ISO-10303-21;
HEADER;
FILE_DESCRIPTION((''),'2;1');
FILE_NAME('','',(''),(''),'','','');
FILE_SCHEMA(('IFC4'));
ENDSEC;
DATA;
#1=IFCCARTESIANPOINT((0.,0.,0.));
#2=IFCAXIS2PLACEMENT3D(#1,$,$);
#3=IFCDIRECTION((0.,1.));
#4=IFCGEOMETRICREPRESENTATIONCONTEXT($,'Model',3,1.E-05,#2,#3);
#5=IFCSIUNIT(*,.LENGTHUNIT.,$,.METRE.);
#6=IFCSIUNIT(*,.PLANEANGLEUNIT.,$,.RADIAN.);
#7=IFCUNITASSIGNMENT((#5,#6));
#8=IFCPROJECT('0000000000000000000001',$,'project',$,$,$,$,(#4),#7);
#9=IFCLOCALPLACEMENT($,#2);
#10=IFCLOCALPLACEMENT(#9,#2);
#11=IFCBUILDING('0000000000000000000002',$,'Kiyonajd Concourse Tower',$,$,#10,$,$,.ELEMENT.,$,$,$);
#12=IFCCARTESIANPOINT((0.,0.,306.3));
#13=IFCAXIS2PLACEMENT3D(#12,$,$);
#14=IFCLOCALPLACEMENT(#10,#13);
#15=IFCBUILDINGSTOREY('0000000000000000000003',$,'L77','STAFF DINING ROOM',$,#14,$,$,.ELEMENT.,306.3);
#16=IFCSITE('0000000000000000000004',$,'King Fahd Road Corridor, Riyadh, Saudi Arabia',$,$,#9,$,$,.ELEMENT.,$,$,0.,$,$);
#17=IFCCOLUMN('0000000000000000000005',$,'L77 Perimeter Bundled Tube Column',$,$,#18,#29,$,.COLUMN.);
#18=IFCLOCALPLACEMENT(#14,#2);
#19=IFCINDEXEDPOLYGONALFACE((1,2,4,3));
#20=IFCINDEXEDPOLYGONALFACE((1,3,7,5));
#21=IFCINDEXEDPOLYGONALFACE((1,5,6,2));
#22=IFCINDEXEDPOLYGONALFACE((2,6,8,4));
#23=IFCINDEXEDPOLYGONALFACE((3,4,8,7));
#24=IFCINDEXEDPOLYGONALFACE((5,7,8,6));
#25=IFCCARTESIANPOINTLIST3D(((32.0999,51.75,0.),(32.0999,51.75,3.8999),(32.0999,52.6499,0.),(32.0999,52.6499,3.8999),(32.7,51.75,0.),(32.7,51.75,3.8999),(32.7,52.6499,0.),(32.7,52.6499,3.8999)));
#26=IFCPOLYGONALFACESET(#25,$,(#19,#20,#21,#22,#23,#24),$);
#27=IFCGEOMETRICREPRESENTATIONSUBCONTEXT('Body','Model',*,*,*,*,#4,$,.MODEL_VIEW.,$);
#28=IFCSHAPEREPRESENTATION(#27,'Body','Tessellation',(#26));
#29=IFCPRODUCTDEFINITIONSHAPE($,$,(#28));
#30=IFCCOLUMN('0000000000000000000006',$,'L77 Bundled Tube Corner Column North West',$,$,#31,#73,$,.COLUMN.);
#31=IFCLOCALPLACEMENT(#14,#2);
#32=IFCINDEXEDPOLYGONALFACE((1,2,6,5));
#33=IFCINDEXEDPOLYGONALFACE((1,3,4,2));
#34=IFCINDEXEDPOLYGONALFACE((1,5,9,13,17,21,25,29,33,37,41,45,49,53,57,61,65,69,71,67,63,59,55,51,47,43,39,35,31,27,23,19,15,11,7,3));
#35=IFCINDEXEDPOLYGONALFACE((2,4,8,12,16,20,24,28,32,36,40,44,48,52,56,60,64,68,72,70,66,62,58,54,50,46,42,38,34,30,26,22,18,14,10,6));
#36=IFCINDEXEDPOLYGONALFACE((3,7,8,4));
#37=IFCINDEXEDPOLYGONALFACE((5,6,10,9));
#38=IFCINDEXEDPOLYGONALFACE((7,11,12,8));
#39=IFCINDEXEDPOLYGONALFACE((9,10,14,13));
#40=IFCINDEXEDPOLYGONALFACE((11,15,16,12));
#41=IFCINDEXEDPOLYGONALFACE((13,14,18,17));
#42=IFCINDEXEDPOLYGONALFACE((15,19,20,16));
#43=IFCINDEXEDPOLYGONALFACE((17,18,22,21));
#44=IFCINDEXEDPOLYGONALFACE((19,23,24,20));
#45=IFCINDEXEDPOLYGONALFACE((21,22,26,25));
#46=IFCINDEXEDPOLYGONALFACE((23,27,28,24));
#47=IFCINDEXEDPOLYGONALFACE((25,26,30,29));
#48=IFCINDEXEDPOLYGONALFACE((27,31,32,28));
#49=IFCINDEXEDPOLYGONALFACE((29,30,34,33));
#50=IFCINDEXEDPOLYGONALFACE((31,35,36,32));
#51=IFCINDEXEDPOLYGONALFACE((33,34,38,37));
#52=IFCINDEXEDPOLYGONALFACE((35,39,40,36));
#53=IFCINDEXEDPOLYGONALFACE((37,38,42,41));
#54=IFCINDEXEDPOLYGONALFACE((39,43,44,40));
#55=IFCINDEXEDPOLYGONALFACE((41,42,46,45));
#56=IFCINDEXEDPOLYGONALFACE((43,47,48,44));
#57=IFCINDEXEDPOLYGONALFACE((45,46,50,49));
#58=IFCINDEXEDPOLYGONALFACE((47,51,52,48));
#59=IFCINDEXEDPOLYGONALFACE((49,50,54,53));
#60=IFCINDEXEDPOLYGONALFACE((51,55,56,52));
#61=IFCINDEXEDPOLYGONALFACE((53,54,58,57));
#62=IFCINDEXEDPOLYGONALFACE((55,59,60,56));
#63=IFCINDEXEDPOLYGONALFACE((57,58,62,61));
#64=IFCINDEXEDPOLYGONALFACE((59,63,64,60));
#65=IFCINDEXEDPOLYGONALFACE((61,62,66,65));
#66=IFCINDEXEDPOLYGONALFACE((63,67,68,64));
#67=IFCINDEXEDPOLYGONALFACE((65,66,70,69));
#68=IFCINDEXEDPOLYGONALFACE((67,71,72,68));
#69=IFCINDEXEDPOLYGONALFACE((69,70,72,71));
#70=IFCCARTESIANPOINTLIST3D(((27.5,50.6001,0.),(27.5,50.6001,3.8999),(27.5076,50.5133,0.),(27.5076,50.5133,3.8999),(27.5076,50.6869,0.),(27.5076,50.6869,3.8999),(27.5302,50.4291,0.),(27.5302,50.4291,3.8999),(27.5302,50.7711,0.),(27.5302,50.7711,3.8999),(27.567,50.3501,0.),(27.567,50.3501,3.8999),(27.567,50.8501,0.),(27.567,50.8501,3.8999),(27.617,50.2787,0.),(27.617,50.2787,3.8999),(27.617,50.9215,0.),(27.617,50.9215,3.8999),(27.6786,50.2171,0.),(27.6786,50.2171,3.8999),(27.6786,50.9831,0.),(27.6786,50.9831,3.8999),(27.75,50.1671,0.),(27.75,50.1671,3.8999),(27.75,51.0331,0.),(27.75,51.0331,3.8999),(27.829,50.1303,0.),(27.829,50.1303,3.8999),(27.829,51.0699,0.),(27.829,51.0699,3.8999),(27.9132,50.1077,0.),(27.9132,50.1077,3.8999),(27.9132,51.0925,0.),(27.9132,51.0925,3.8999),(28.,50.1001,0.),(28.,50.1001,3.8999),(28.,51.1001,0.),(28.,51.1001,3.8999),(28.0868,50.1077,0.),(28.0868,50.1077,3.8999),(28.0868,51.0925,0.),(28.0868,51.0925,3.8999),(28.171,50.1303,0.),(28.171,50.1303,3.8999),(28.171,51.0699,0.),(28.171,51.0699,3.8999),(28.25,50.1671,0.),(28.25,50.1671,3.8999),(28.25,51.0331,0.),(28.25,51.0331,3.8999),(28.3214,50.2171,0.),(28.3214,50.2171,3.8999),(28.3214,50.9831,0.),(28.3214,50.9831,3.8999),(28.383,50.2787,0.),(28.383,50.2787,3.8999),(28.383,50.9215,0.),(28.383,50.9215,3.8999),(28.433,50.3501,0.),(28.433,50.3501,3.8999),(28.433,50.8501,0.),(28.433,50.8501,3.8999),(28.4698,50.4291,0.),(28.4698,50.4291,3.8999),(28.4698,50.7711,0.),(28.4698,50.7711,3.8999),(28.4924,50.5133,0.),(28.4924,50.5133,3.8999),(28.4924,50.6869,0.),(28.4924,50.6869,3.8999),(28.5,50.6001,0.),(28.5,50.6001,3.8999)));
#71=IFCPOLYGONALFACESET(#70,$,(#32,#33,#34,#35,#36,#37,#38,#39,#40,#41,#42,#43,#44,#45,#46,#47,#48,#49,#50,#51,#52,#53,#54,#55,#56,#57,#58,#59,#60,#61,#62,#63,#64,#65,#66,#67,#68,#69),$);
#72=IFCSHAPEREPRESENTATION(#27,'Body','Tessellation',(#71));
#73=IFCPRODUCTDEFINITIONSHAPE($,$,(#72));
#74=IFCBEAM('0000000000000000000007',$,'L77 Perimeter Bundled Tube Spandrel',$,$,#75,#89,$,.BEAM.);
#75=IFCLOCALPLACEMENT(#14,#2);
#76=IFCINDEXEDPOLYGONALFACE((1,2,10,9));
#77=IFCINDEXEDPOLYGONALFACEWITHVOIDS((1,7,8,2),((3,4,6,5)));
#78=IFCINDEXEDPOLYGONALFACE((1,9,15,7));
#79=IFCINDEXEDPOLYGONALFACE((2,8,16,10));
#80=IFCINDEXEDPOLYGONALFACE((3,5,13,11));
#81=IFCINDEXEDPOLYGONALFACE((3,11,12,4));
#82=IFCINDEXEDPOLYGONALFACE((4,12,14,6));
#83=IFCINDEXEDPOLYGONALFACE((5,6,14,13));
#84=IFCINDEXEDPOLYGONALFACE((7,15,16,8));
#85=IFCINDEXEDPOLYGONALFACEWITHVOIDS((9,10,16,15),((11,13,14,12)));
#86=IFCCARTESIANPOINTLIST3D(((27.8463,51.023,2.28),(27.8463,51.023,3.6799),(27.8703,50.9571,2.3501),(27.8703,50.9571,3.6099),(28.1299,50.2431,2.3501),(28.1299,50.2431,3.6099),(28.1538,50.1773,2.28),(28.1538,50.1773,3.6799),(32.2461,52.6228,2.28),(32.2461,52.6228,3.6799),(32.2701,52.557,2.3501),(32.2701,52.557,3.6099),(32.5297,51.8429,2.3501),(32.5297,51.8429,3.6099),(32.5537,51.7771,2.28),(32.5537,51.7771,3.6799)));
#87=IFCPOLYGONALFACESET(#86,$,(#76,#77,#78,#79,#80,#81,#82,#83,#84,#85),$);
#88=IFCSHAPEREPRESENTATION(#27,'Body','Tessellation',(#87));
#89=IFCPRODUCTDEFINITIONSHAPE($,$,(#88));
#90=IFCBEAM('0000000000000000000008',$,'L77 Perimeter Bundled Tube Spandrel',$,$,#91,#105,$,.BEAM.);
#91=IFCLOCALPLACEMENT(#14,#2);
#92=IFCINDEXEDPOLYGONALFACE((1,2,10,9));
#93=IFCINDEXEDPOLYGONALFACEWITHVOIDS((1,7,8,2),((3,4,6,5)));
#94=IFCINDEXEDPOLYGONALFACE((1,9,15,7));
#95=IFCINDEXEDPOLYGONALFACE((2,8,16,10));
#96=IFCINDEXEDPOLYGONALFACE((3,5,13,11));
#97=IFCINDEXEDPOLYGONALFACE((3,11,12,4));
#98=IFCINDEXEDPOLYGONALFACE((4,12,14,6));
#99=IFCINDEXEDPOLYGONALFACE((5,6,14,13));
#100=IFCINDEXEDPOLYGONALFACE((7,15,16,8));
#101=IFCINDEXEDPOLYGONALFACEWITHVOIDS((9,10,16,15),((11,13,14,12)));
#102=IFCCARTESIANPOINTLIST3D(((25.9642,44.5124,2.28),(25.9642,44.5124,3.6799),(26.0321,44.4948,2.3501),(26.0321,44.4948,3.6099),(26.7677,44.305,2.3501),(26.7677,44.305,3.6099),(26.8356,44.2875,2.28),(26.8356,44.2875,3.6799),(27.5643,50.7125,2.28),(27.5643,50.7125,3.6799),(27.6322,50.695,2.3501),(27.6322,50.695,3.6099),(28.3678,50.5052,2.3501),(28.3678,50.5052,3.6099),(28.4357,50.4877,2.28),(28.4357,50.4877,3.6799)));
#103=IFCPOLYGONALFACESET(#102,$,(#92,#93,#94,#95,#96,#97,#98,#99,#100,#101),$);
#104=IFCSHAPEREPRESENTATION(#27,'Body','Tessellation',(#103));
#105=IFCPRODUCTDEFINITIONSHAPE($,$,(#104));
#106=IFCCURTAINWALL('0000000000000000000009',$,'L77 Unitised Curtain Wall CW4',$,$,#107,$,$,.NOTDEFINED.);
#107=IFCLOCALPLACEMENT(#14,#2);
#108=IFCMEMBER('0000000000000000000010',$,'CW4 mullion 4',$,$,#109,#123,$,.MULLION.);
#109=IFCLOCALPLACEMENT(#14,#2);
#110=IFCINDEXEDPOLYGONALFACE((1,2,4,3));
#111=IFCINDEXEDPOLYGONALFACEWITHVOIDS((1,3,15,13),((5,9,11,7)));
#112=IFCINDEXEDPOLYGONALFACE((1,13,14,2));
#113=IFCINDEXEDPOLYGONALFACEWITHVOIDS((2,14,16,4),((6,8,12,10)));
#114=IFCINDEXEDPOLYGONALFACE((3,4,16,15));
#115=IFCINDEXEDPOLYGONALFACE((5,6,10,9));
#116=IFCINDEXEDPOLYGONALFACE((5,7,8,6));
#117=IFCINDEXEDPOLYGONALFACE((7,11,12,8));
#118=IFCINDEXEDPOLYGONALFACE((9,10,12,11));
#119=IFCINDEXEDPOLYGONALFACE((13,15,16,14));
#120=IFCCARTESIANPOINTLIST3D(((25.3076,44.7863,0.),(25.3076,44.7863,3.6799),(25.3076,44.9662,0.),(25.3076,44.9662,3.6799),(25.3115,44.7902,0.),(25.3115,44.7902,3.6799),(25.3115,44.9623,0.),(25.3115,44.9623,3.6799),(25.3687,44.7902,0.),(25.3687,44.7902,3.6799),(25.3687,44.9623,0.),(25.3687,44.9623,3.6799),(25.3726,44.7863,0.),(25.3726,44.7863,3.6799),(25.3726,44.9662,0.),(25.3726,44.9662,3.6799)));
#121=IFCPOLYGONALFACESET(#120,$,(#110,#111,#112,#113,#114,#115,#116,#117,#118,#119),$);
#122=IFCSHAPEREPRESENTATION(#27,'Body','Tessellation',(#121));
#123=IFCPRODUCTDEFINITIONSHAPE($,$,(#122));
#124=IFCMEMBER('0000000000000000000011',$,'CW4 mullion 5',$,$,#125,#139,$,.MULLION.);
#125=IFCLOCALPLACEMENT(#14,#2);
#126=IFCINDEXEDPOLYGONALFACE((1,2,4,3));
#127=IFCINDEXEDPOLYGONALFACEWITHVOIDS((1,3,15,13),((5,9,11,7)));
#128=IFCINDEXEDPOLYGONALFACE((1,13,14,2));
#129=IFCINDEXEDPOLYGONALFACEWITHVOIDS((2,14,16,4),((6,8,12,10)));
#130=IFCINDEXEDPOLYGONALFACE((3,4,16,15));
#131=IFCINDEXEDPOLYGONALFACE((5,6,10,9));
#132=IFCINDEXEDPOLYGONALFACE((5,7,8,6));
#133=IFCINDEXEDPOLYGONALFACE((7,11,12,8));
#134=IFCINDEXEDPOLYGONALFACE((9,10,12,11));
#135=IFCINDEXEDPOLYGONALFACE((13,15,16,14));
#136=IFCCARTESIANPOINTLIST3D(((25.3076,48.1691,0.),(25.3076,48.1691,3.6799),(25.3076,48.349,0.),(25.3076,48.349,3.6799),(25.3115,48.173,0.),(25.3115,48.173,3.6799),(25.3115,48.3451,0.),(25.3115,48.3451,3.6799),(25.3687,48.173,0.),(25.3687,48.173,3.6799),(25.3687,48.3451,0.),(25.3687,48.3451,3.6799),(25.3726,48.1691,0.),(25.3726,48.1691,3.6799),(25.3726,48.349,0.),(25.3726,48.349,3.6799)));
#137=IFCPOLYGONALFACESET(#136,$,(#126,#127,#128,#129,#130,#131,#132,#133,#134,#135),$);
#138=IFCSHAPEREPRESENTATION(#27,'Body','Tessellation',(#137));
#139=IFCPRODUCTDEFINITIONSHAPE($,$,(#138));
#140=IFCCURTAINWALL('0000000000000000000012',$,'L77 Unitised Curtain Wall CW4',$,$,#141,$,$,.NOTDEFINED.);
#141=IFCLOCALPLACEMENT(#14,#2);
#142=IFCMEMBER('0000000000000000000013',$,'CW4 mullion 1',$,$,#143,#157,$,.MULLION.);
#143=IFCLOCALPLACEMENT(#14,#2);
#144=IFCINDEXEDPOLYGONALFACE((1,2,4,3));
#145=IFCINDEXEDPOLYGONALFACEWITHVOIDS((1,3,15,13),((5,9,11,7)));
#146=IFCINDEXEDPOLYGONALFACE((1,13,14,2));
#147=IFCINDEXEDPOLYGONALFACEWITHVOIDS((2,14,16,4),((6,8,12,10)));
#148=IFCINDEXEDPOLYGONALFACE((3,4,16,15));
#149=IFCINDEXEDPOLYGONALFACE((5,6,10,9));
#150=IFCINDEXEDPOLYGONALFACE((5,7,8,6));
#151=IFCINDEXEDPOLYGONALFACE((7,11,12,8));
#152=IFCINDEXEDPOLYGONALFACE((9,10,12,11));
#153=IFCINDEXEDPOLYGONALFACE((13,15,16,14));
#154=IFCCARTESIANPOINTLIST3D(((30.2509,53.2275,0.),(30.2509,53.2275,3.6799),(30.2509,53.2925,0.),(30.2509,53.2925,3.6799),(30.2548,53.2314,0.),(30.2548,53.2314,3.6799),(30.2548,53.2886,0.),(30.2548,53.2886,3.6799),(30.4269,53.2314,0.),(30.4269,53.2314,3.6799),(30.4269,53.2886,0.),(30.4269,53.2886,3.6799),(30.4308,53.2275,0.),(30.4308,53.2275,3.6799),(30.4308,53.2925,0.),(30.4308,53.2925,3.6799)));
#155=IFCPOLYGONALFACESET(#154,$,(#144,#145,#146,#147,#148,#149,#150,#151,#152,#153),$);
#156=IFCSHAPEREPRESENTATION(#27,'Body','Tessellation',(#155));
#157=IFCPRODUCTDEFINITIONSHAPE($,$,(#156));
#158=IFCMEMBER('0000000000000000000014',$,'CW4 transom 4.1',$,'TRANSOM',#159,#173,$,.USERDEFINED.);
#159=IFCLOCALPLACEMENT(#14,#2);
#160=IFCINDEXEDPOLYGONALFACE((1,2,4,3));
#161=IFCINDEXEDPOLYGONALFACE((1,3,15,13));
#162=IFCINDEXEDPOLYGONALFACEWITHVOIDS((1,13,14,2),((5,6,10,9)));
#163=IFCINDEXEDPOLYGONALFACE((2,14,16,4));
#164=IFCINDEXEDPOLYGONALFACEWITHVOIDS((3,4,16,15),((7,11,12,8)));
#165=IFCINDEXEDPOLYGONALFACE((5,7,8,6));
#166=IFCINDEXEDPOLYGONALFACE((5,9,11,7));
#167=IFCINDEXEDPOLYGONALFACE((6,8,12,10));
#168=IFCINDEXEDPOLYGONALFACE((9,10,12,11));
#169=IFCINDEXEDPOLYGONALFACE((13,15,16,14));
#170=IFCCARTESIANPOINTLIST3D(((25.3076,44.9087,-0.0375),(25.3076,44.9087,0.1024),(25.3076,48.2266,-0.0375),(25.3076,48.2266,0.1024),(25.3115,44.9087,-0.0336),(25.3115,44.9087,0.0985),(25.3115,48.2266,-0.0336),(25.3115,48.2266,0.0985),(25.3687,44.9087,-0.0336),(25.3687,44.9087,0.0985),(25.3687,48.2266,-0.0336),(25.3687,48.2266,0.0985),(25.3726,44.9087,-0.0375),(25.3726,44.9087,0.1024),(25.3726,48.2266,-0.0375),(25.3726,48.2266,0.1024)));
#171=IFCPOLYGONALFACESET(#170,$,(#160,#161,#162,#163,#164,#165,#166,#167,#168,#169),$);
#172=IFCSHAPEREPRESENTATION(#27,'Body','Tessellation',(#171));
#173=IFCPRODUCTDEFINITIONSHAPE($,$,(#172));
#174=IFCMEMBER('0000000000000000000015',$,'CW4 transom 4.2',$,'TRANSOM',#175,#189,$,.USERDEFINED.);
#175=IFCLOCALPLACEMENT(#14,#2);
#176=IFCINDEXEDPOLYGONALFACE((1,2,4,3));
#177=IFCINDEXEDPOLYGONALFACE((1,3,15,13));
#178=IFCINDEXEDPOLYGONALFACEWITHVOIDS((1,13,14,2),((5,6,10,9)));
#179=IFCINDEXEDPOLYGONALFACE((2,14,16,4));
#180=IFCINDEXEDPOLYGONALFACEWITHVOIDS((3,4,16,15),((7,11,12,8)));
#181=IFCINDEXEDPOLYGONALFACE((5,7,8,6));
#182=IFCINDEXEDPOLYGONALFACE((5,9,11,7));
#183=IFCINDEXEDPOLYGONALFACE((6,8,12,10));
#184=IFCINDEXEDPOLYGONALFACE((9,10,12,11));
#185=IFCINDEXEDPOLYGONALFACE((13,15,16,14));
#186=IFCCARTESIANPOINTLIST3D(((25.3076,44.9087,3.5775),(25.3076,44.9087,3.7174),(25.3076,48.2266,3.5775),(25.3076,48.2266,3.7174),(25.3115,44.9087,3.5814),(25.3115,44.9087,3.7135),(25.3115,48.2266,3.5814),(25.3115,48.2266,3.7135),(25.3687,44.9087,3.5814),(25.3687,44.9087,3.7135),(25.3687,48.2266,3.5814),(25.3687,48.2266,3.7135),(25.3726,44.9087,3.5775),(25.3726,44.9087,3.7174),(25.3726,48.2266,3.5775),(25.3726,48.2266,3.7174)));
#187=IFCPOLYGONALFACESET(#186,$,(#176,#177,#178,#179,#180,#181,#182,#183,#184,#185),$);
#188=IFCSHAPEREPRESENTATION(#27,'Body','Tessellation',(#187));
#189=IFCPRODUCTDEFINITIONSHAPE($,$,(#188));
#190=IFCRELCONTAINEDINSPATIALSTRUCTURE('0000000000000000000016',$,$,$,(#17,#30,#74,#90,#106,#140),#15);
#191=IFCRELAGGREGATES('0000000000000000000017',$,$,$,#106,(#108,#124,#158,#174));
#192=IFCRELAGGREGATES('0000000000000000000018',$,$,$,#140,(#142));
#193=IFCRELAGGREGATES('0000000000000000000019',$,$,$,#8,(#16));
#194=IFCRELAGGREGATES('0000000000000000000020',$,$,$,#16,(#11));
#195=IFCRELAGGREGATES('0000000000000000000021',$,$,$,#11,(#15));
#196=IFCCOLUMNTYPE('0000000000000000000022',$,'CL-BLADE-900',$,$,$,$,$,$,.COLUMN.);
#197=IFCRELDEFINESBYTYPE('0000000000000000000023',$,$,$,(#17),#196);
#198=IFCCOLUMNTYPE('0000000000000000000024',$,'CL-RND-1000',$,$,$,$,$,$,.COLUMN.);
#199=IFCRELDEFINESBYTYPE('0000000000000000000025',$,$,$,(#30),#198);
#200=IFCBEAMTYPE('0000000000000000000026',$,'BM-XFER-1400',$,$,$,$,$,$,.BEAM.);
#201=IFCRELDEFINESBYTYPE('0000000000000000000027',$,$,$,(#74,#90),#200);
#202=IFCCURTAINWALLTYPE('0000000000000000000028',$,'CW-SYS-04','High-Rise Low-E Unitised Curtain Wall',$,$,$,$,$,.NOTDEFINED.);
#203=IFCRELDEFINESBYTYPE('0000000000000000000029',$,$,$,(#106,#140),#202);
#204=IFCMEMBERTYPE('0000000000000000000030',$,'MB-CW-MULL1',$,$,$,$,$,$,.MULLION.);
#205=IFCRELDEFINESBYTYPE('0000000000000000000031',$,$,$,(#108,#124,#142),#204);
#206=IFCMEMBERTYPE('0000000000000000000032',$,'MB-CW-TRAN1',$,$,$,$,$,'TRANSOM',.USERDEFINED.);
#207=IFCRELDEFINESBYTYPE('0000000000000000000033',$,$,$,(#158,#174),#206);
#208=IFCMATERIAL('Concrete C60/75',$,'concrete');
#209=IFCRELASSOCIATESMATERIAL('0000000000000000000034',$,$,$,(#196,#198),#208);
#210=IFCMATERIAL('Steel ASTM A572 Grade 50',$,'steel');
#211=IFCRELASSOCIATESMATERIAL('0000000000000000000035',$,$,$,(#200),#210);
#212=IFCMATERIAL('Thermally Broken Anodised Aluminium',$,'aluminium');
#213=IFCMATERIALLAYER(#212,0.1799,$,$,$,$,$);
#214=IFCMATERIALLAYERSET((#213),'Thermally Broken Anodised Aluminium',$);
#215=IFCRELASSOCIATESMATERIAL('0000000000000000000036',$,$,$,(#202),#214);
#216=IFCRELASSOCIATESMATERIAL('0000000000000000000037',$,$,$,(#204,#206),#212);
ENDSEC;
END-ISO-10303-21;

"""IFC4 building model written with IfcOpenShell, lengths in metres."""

from ifc_helpers import new_model, si_unit, direction, frame, origin, origin_2d, place, context, subcontext, project, spatial, rectangle, hollow_rectangle, circle, extrude, material, layer, layer_set, material_profile, profile_set, type_object, element, aggregate, save


model = new_model("IFC4")

# Units and contexts
model_context = context("Model", 3, precision=1e-05, world=origin(), true_north=direction((0.0, 1.0)))
body_context = subcontext(model_context, "Body", "Model", "MODEL_VIEW")
ifc_project = project(units=[si_unit("LENGTHUNIT", "METRE"), si_unit("PLANEANGLEUNIT", "RADIAN")], contexts=[model_context])

# Site, building, storey
site_placement = place(None, origin())
site = spatial("IfcSite", under=ifc_project, at=site_placement, Name="King Fahd Road Corridor, Riyadh, Saudi Arabia", CompositionType="ELEMENT", RefElevation=0.0)
building_placement = place(site_placement, origin())
building = spatial("IfcBuilding", under=site, at=building_placement, Name="Kiyonajd Concourse Tower", CompositionType="ELEMENT")
storey_placement = place(building_placement, frame((0.0, 0.0, 306.3)))
storey = spatial("IfcBuildingStorey", under=building, at=storey_placement, Name="L77", Description="STAFF DINING ROOM", CompositionType="ELEMENT", Elevation=306.3)

# Columns
ifc_material_1 = material(Name="Concrete C60/75", Category="concrete")
ifc_material_profile_1 = material_profile(ifc_material_1, rectangle(XDim=0.6001, YDim=0.8999, at=origin_2d()), Name="RC-900x600")
ifc_profile_set_1 = profile_set([ifc_material_profile_1], Name="Concrete C60/75")
column_type_1 = type_object("IfcColumnType", Name="CL-BLADE-900", PredefinedType="COLUMN", material=ifc_profile_set_1)
column_1_placement = place(storey_placement, frame((32.3999, 52.2, 0.0), z_axis=(0.0, 0.0, 1.0), x_axis=(1.0, 0.0, 0.0)))
element("IfcColumn", 1, at=column_1_placement, inside=storey, type_object=column_type_1, Name="L77 Perimeter Bundled Tube Column", PredefinedType="COLUMN", context=body_context, shape_type="SweptSolid", body=[
    extrude(rectangle(XDim=0.6001, YDim=0.8999, at=origin_2d()), origin(), (0.0, 0.0, 1.0), 3.8999),
])
ifc_material_profile_2 = material_profile(ifc_material_1, circle(Radius=0.5, at=origin_2d()), Name="RCC-D1000")
ifc_profile_set_2 = profile_set([ifc_material_profile_2], Name="Concrete C60/75")
column_type_2 = type_object("IfcColumnType", Name="CL-RND-1000", PredefinedType="COLUMN", material=ifc_profile_set_2)
column_2_placement = place(storey_placement, frame((28.0, 50.6001, 0.0), z_axis=(0.0, 0.0, 1.0), x_axis=(1.0, 0.0, 0.0)))
element("IfcColumn", 2, at=column_2_placement, inside=storey, type_object=column_type_2, Name="L77 Bundled Tube Corner Column North West", PredefinedType="COLUMN", context=body_context, shape_type="SweptSolid", body=[
    extrude(circle(Radius=0.5, at=origin_2d()), origin(), (0.0, 0.0, 1.0), 3.8999),
])

# Beams
ifc_material_2 = material(Name="Steel ASTM A572 Grade 50", Category="steel")
ifc_material_profile_3 = material_profile(ifc_material_2, hollow_rectangle(XDim=0.8999, YDim=1.3999, WallThickness=0.0701, at=origin_2d()), Name="BOX-1400x900x70")
ifc_profile_set_3 = profile_set([ifc_material_profile_3], Name="Steel ASTM A572 Grade 50")
beam_type = type_object("IfcBeamType", Name="BM-XFER-1400", PredefinedType="BEAM", material=ifc_profile_set_3)
beam_1_placement = place(storey_placement, frame((32.3999, 52.2, 2.98), z_axis=(-0.939801, -0.341722, 0.0), x_axis=(0.341722, -0.939801, 0.0)))
element("IfcBeam", 3, at=beam_1_placement, inside=storey, type_object=beam_type, Name="L77 Perimeter Bundled Tube Spandrel", PredefinedType="BEAM", context=body_context, shape_type="SweptSolid", body=[
    extrude(hollow_rectangle(XDim=0.8999, YDim=1.3999, WallThickness=0.0701, at=origin_2d()), origin(), (0.0, 0.0, 1.0), 4.6816),
])
beam_2_placement = place(storey_placement, frame((28.0, 50.6001, 2.98), z_axis=(-0.249885, -0.968276, 0.0), x_axis=(0.968276, -0.249885, 0.0)))
element("IfcBeam", 4, at=beam_2_placement, inside=storey, type_object=beam_type, Name="L77 Perimeter Bundled Tube Spandrel", PredefinedType="BEAM", context=body_context, shape_type="SweptSolid", body=[
    extrude(hollow_rectangle(XDim=0.8999, YDim=1.3999, WallThickness=0.0701, at=origin_2d()), origin(), (0.0, 0.0, 1.0), 6.4033),
])

# Curtain wall, members
ifc_material_3 = material(Name="Thermally Broken Anodised Aluminium", Category="aluminium")
ifc_layer_1 = layer(ifc_material_3, 0.1799)
ifc_layer_set_1 = layer_set([ifc_layer_1], Name="Thermally Broken Anodised Aluminium")
curtain_wall_type = type_object("IfcCurtainWallType", Name="CW-SYS-04", Description="High-Rise Low-E Unitised Curtain Wall", PredefinedType="NOTDEFINED", material=ifc_layer_set_1)
curtain_wall_1_placement = place(storey_placement, origin())
curtain_wall_1 = element("IfcCurtainWall", 5, at=curtain_wall_1_placement, inside=storey, type_object=curtain_wall_type, Name="L77 Unitised Curtain Wall CW4", PredefinedType="NOTDEFINED")
ifc_material_profile_4 = material_profile(ifc_material_3, hollow_rectangle(XDim=0.0649, YDim=0.1799, WallThickness=0.0039, at=origin_2d()), Name="MULL-65x180")
ifc_profile_set_4 = profile_set([ifc_material_profile_4], Name="Thermally Broken Anodised Aluminium")
member_type_1 = type_object("IfcMemberType", Name="MB-CW-MULL1", PredefinedType="MULLION", material=ifc_profile_set_4)
member_1_placement = place(storey_placement, frame((25.3401, 44.8762, 0.0), z_axis=(0.0, 0.0, 1.0), x_axis=(-1.0, 0.0, 0.0)))
member_1 = element("IfcMember", 6, at=member_1_placement, type_object=member_type_1, Name="CW4 mullion 4", PredefinedType="MULLION", context=body_context, shape_type="SweptSolid", body=[
    extrude(hollow_rectangle(XDim=0.0649, YDim=0.1799, WallThickness=0.0039, at=origin_2d()), origin(), (0.0, 0.0, 1.0), 3.6799),
])
member_2_placement = place(storey_placement, frame((25.3401, 48.259, 0.0), z_axis=(0.0, 0.0, 1.0), x_axis=(-1.0, 0.0, 0.0)))
member_2 = element("IfcMember", 7, at=member_2_placement, type_object=member_type_1, Name="CW4 mullion 5", PredefinedType="MULLION", context=body_context, shape_type="SweptSolid", body=[
    extrude(hollow_rectangle(XDim=0.0649, YDim=0.1799, WallThickness=0.0039, at=origin_2d()), origin(), (0.0, 0.0, 1.0), 3.6799),
])

# Curtain wall, member
curtain_wall_2_placement = place(storey_placement, origin())
curtain_wall_2 = element("IfcCurtainWall", 8, at=curtain_wall_2_placement, inside=storey, type_object=curtain_wall_type, Name="L77 Unitised Curtain Wall CW4", PredefinedType="NOTDEFINED")
member_3_placement = place(storey_placement, frame((30.3408, 53.26, 0.0), z_axis=(0.0, 0.0, 1.0), x_axis=(0.0, 1.0, 0.0)))
member_3 = element("IfcMember", 9, at=member_3_placement, type_object=member_type_1, Name="CW4 mullion 1", PredefinedType="MULLION", context=body_context, shape_type="SweptSolid", body=[
    extrude(hollow_rectangle(XDim=0.0649, YDim=0.1799, WallThickness=0.0039, at=origin_2d()), origin(), (0.0, 0.0, 1.0), 3.6799),
])

# Members
ifc_material_profile_5 = material_profile(ifc_material_3, hollow_rectangle(XDim=0.0649, YDim=0.1399, WallThickness=0.0039, at=origin_2d()), Name="TRAN-65x140")
ifc_profile_set_5 = profile_set([ifc_material_profile_5], Name="Thermally Broken Anodised Aluminium")
member_type_2 = type_object("IfcMemberType", Name="MB-CW-TRAN1", ElementType="TRANSOM", PredefinedType="USERDEFINED", material=ifc_profile_set_5)
member_4_placement = place(storey_placement, frame((25.3401, 44.9087, 0.0325), z_axis=(0.0, 1.0, 0.0), x_axis=(-1.0, 0.0, 0.0)))
member_4 = element("IfcMember", 10, at=member_4_placement, type_object=member_type_2, Name="CW4 transom 4.1", ObjectType="TRANSOM", PredefinedType="USERDEFINED", context=body_context, shape_type="SweptSolid", body=[
    extrude(hollow_rectangle(XDim=0.0649, YDim=0.1399, WallThickness=0.0039, at=origin_2d()), origin(), (0.0, 0.0, 1.0), 3.3179),
])
member_5_placement = place(storey_placement, frame((25.3401, 44.9087, 3.6475), z_axis=(0.0, 1.0, 0.0), x_axis=(-1.0, 0.0, 0.0)))
member_5 = element("IfcMember", 11, at=member_5_placement, type_object=member_type_2, Name="CW4 transom 4.2", ObjectType="TRANSOM", PredefinedType="USERDEFINED", context=body_context, shape_type="SweptSolid", body=[
    extrude(hollow_rectangle(XDim=0.0649, YDim=0.1399, WallThickness=0.0039, at=origin_2d()), origin(), (0.0, 0.0, 1.0), 3.3179),
])

aggregate(curtain_wall_1, [member_1, member_2, member_4, member_5])
aggregate(curtain_wall_2, [member_3])

save(model, "model.ifc")
